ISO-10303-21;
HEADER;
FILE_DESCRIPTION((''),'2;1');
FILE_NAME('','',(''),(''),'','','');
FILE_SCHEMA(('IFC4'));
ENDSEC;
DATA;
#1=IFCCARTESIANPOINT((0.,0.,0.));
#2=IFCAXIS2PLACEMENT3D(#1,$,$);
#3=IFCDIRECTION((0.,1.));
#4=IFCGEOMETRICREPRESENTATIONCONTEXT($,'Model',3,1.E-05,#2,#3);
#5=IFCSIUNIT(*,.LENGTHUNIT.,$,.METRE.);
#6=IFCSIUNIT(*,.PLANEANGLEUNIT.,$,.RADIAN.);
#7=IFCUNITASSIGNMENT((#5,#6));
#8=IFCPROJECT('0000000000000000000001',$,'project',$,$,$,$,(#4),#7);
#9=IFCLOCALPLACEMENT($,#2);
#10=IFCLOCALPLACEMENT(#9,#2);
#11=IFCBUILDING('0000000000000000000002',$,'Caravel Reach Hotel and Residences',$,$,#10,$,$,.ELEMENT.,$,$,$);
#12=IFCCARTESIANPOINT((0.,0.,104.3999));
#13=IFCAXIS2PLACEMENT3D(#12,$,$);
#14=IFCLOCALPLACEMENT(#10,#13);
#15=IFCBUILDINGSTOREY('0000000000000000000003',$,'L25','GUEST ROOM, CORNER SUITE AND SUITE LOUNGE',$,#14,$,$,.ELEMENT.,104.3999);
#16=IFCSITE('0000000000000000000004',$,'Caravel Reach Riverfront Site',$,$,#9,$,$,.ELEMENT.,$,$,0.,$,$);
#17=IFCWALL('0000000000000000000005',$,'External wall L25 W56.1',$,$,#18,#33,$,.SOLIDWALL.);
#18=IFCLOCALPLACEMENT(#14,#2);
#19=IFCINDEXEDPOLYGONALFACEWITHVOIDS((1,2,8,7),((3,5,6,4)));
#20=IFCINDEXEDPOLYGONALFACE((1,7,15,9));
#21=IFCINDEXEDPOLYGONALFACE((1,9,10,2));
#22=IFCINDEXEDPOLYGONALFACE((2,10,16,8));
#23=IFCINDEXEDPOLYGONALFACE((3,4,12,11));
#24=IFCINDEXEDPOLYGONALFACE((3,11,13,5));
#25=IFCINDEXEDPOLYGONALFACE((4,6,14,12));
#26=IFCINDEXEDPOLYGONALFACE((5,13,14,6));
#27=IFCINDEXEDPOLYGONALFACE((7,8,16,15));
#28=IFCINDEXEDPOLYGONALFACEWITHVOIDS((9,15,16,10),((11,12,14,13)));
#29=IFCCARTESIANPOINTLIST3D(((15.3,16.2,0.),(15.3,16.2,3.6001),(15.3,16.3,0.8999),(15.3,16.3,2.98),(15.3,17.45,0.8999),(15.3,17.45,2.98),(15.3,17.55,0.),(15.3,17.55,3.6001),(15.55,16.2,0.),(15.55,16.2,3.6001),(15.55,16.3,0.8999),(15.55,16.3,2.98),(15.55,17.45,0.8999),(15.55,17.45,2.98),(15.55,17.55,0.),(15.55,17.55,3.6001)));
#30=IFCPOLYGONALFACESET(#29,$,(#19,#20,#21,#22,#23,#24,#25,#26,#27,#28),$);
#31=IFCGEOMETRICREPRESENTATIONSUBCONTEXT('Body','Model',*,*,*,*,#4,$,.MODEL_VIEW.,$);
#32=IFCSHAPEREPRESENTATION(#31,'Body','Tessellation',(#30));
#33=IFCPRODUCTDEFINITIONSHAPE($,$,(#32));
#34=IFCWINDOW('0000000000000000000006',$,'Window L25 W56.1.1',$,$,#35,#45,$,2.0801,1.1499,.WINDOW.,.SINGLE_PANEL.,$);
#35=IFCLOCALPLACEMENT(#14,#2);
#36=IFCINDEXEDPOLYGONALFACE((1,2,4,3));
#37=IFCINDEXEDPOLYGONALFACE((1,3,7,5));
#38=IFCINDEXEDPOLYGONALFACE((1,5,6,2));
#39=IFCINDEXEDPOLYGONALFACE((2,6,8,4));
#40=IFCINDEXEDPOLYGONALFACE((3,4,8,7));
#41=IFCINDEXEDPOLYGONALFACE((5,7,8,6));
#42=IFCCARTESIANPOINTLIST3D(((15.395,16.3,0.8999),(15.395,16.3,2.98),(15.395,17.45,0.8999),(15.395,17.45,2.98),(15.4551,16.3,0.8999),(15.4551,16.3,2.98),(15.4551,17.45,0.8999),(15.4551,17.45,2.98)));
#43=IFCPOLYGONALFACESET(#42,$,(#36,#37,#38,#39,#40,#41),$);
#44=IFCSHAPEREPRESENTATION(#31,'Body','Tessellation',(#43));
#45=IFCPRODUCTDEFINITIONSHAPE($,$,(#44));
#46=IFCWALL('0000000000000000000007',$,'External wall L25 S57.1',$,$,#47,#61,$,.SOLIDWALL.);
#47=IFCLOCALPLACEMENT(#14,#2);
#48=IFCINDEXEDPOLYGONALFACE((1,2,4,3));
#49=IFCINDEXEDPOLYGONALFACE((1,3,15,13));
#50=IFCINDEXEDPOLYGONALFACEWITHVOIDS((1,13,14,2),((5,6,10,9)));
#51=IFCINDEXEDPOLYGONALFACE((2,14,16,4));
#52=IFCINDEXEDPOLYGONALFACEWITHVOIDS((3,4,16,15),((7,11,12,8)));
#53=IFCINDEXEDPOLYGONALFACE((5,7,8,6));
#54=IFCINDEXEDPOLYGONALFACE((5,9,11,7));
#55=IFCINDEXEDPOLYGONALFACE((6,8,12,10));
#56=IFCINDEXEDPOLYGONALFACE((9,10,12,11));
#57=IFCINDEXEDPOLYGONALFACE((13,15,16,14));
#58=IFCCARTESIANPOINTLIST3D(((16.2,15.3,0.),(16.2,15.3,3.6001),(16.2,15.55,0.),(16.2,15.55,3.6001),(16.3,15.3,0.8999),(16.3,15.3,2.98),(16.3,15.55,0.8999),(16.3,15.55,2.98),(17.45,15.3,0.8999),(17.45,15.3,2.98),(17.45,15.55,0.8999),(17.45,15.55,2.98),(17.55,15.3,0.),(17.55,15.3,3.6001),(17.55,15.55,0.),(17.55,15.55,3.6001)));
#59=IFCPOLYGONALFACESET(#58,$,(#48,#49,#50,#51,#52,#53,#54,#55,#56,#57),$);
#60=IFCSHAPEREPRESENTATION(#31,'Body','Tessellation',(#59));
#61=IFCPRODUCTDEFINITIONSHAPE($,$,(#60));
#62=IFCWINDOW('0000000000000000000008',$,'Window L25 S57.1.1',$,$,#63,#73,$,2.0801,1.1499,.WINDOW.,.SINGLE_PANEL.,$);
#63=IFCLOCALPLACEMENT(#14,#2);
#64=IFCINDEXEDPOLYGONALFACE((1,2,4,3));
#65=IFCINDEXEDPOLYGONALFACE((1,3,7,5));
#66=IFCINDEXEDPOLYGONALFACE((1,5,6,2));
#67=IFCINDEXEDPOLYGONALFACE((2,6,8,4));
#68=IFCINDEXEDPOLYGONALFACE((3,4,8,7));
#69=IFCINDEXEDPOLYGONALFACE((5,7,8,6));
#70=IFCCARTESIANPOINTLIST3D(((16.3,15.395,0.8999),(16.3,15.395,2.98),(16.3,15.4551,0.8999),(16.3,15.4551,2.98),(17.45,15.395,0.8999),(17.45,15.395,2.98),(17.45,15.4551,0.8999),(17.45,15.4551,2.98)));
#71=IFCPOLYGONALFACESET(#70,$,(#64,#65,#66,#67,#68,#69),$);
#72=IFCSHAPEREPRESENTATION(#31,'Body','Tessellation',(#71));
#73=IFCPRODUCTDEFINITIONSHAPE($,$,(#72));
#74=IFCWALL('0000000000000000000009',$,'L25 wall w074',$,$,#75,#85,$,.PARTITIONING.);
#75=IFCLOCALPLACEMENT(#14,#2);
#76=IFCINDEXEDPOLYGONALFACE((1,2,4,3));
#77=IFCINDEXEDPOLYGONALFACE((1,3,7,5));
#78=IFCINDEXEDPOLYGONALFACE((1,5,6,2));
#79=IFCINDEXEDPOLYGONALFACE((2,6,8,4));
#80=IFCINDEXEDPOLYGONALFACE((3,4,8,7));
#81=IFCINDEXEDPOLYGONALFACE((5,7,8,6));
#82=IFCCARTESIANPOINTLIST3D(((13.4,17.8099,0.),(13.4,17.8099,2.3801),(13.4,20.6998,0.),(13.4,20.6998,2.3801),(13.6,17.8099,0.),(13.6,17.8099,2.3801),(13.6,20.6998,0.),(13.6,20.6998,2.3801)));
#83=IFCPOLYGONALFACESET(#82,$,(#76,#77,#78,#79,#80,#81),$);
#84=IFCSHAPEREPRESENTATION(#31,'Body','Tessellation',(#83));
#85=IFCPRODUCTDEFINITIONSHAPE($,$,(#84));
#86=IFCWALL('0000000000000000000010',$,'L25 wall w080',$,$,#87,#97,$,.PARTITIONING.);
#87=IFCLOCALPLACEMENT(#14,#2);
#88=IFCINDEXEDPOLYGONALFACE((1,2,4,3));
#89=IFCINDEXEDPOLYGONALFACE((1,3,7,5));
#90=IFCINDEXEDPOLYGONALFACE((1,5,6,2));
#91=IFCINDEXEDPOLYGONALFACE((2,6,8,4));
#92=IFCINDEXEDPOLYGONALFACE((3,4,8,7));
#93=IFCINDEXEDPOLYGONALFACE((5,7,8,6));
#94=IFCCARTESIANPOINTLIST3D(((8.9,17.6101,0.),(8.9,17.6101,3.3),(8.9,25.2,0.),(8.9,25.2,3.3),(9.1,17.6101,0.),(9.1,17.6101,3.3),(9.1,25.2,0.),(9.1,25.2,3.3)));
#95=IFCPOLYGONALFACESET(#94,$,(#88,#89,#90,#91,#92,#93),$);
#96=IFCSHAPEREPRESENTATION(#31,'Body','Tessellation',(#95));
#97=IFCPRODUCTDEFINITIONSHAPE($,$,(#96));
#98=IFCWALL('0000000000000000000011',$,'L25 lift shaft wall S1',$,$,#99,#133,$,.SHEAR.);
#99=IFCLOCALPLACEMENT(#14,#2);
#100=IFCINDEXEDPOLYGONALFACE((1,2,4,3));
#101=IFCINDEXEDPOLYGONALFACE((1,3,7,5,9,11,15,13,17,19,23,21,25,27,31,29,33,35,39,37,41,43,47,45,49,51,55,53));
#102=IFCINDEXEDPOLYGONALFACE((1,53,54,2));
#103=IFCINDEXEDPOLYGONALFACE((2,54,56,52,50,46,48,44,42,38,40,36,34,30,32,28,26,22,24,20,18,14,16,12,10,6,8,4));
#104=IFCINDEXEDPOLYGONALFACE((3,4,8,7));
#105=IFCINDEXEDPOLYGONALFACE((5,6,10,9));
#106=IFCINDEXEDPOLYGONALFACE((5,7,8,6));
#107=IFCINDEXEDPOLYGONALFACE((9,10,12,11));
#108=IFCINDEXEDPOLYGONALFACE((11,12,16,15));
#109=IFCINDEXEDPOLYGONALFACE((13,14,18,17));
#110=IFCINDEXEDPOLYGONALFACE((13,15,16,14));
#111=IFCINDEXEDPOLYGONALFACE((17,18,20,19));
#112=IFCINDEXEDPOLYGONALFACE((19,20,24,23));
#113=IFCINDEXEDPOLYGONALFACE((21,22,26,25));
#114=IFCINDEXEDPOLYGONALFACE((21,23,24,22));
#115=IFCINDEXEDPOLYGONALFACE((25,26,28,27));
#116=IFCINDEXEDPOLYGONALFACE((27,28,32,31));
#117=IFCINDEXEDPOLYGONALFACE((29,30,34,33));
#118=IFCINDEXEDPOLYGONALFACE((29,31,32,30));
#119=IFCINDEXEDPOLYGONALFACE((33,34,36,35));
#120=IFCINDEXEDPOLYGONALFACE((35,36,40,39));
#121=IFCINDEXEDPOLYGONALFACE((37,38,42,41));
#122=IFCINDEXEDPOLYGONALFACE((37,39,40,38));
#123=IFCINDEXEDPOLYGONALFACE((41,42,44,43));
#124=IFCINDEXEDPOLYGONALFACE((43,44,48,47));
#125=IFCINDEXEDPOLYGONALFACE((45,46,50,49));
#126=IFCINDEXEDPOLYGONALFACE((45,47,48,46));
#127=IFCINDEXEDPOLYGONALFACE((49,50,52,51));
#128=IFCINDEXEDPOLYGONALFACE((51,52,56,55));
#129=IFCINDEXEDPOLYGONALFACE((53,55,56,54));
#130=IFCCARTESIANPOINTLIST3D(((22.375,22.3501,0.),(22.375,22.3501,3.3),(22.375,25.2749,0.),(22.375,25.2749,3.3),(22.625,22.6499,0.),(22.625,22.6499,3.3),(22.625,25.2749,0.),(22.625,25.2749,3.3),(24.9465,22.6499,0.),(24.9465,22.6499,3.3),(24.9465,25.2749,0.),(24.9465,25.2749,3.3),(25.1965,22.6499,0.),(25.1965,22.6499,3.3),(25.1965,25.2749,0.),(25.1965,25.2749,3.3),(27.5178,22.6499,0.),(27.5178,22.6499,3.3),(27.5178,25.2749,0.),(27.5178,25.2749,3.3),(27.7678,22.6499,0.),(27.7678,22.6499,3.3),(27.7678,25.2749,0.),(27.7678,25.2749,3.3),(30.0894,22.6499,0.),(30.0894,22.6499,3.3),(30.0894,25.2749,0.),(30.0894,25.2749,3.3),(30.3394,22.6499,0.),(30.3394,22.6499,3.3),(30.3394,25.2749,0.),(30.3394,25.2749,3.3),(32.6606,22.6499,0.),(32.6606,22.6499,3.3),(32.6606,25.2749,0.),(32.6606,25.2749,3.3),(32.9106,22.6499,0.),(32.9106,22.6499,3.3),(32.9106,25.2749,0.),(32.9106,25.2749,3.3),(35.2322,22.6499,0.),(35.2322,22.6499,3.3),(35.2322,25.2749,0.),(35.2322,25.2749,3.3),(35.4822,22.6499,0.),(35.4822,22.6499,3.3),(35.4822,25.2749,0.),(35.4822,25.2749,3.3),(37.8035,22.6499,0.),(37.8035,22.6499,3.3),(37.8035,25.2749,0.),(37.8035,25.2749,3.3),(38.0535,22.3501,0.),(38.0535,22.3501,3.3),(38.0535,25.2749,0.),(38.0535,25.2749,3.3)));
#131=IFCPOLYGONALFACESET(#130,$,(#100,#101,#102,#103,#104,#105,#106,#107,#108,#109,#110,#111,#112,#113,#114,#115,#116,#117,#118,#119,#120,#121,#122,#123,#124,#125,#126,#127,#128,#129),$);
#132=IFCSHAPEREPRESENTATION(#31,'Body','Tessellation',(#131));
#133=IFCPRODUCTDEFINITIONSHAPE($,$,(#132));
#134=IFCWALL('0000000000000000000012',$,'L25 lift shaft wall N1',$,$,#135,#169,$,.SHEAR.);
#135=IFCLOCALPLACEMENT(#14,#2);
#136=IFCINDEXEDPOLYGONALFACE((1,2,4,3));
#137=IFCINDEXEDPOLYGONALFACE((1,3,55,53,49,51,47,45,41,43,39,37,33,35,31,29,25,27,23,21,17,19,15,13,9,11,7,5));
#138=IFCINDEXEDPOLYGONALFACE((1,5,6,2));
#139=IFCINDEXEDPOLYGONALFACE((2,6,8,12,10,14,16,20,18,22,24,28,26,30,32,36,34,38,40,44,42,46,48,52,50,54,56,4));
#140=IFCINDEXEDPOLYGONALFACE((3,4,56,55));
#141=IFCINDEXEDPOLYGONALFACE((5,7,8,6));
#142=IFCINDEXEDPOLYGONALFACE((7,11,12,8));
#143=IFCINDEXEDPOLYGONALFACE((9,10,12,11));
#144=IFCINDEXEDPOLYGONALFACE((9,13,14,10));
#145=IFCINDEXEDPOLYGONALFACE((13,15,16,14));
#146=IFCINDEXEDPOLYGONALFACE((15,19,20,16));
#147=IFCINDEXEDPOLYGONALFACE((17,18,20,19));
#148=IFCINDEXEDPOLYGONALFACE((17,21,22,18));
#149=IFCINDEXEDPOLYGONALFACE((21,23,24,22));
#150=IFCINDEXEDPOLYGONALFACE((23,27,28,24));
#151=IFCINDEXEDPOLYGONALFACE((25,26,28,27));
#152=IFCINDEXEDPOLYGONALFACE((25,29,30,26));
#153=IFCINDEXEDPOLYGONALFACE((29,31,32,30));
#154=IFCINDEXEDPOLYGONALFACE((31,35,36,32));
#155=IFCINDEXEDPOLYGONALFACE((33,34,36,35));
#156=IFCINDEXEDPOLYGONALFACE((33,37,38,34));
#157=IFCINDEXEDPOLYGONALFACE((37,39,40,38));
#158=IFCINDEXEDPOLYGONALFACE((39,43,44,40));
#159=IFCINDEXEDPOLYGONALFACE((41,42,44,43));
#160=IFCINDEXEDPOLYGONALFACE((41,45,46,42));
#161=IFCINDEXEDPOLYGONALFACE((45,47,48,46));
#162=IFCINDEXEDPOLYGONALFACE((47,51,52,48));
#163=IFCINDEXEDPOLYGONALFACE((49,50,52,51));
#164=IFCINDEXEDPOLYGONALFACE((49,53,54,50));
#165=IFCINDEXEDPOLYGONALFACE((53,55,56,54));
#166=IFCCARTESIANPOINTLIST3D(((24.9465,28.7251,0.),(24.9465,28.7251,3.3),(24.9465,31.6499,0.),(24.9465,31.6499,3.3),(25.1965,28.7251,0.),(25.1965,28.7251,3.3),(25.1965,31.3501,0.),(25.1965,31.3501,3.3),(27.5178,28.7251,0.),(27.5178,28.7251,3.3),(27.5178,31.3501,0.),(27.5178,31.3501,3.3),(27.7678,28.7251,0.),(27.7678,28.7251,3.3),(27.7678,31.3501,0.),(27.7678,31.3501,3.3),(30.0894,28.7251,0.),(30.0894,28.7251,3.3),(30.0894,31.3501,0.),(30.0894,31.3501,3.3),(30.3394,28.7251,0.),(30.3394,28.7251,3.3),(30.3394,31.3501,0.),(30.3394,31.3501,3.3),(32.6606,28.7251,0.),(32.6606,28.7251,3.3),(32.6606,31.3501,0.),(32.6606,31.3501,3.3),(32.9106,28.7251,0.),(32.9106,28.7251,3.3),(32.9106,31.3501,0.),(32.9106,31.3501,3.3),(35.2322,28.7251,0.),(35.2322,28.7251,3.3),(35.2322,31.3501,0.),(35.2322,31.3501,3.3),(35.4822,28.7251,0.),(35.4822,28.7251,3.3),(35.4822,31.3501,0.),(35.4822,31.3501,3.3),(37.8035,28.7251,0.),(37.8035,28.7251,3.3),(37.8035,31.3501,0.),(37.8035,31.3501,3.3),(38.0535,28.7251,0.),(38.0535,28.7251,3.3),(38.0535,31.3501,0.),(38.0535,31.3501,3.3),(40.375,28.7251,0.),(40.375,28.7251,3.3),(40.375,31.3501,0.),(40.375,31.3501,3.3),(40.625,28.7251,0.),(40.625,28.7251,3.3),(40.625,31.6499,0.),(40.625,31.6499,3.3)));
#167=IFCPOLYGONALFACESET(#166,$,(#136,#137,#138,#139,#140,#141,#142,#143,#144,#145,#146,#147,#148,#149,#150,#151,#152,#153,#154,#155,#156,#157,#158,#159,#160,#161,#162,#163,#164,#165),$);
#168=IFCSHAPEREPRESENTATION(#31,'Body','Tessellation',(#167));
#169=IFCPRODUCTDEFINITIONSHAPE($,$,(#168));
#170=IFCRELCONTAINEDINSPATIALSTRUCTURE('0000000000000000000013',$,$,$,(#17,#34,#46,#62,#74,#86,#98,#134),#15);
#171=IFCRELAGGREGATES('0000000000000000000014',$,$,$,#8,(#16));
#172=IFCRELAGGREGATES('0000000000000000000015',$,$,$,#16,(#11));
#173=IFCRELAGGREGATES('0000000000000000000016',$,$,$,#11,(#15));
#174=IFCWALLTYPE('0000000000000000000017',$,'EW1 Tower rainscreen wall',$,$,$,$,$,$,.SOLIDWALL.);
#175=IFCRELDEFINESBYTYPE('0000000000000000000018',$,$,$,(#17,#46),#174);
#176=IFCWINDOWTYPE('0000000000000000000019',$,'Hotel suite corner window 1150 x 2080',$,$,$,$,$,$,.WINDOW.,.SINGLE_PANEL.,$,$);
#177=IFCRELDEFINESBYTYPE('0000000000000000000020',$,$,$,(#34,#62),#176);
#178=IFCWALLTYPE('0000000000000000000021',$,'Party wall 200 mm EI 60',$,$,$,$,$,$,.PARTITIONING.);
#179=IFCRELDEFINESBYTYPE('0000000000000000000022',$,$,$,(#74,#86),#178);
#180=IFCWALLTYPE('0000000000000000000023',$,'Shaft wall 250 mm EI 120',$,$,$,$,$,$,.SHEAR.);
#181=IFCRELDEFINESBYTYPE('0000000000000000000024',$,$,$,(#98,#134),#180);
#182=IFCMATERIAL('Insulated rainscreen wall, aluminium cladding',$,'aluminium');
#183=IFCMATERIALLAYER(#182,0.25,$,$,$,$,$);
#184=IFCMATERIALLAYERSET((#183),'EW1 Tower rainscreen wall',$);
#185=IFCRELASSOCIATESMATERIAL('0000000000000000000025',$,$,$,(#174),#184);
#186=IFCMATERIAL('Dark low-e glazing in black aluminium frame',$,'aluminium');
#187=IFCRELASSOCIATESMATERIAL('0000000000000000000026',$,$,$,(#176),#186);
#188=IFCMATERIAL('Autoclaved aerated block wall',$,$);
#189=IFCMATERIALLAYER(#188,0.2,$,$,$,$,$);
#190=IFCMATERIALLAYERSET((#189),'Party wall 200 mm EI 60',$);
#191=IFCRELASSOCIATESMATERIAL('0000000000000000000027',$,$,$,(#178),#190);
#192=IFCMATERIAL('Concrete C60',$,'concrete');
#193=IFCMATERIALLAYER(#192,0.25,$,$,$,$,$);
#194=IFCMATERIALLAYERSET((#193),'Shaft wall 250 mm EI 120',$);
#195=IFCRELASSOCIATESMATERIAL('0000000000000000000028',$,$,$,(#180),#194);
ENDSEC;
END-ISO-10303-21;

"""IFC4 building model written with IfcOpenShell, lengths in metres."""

from ifc_helpers import new_model, si_unit, direction, frame, frame_2d, origin, place, context, subcontext, project, spatial, polyline, rectangle, outline, extrude, material, layer, layer_set, type_object, element, fill, save


model = new_model("IFC4")

# Units and contexts
model_context = context("Model", 3, precision=1e-05, world=origin(), true_north=direction((0.0, 1.0)))
body_context = subcontext(model_context, "Body", "Model", "MODEL_VIEW")
ifc_project = project(units=[si_unit("LENGTHUNIT", "METRE"), si_unit("PLANEANGLEUNIT", "RADIAN")], contexts=[model_context])

# Site, building, storey
site_placement = place(None, origin())
site = spatial("IfcSite", under=ifc_project, at=site_placement, Name="Caravel Reach Riverfront Site", CompositionType="ELEMENT", RefElevation=0.0)
building_placement = place(site_placement, origin())
building = spatial("IfcBuilding", under=site, at=building_placement, Name="Caravel Reach Hotel and Residences", CompositionType="ELEMENT")
storey_placement = place(building_placement, frame((0.0, 0.0, 104.3999)))
storey = spatial("IfcBuildingStorey", under=building, at=storey_placement, Name="L25", Description="GUEST ROOM, CORNER SUITE AND SUITE LOUNGE", CompositionType="ELEMENT", Elevation=104.3999)

# Shared definitions
ifc_material_1 = material(Name="Insulated rainscreen wall, aluminium cladding", Category="aluminium")
ifc_layer_1 = layer(ifc_material_1, 0.25)
ifc_layer_set_1 = layer_set([ifc_layer_1], Name="EW1 Tower rainscreen wall")
wall_type_1 = type_object("IfcWallType", Name="EW1 Tower rainscreen wall", PredefinedType="SOLIDWALL", material=ifc_layer_set_1)

# Walls, openings, windows
ifc_material_2 = material(Name="Dark low-e glazing in black aluminium frame", Category="aluminium")
window_type_1 = type_object("IfcWindowType", Name="Hotel suite corner window 1150 x 2080", PartitioningType="SINGLE_PANEL", PredefinedType="WINDOW", material=ifc_material_2)
wall_1_placement = place(storey_placement, frame((15.425, 17.55, 0.0), z_axis=(0.0, 0.0, 1.0), x_axis=(0.0, -1.0, 0.0)))
wall_1 = element("IfcWall", 1, at=wall_1_placement, inside=storey, type_object=wall_type_1, Name="External wall L25 W56.1", PredefinedType="SOLIDWALL", context=body_context, shape_type="SweptSolid", body=[
    extrude(rectangle(XDim=1.3501, YDim=0.25, at=frame_2d((0.675, 0.0))), origin(), (0.0, 0.0, 1.0), 3.6001),
])
opening_1_placement = place(wall_1_placement, frame((0.1001, 0.0, 0.8999)))
opening_1 = element("IfcOpeningElement", 2, at=opening_1_placement, cuts=wall_1, PredefinedType="OPENING", context=body_context, shape_type="SweptSolid", body=[
    extrude(rectangle(XDim=1.1499, YDim=2.0801, at=frame_2d((0.575, 1.04))), frame((0.0, 0.135, 0.0), z_axis=(0.0, -1.0, 0.0), x_axis=(1.0, 0.0, 0.0)), (0.0, 0.0, 1.0), 0.27),
])
window_1_placement = place(opening_1_placement, origin())
window_1 = element("IfcWindow", 3, at=window_1_placement, inside=storey, type_object=window_type_1, Name="Window L25 W56.1.1", OverallHeight=2.0801, OverallWidth=1.1499, PartitioningType="SINGLE_PANEL", PredefinedType="WINDOW", context=body_context, shape_type="SweptSolid", body=[
    extrude(rectangle(XDim=1.1499, YDim=2.0801, at=frame_2d((0.575, 1.04))), frame((0.0, 0.03, 0.0), z_axis=(0.0, -1.0, 0.0), x_axis=(1.0, 0.0, 0.0)), (0.0, 0.0, 1.0), 0.0601),
])
fill(opening_1, window_1)
wall_2_placement = place(storey_placement, frame((16.2, 15.425, 0.0), z_axis=(0.0, 0.0, 1.0), x_axis=(1.0, 0.0, 0.0)))
wall_2 = element("IfcWall", 4, at=wall_2_placement, inside=storey, type_object=wall_type_1, Name="External wall L25 S57.1", PredefinedType="SOLIDWALL", context=body_context, shape_type="SweptSolid", body=[
    extrude(rectangle(XDim=1.3501, YDim=0.25, at=frame_2d((0.675, 0.0))), origin(), (0.0, 0.0, 1.0), 3.6001),
])
opening_2_placement = place(wall_2_placement, frame((0.1001, 0.0, 0.8999)))
opening_2 = element("IfcOpeningElement", 5, at=opening_2_placement, cuts=wall_2, PredefinedType="OPENING", context=body_context, shape_type="SweptSolid", body=[
    extrude(rectangle(XDim=1.1499, YDim=2.0801, at=frame_2d((0.575, 1.04))), frame((0.0, 0.135, 0.0), z_axis=(0.0, -1.0, 0.0), x_axis=(1.0, 0.0, 0.0)), (0.0, 0.0, 1.0), 0.27),
])
window_2_placement = place(opening_2_placement, origin())
window_2 = element("IfcWindow", 6, at=window_2_placement, inside=storey, type_object=window_type_1, Name="Window L25 S57.1.1", OverallHeight=2.0801, OverallWidth=1.1499, PartitioningType="SINGLE_PANEL", PredefinedType="WINDOW", context=body_context, shape_type="SweptSolid", body=[
    extrude(rectangle(XDim=1.1499, YDim=2.0801, at=frame_2d((0.575, 1.04))), frame((0.0, 0.03, 0.0), z_axis=(0.0, -1.0, 0.0), x_axis=(1.0, 0.0, 0.0)), (0.0, 0.0, 1.0), 0.0601),
])
fill(opening_2, window_2)

# Walls
ifc_material_3 = material(Name="Autoclaved aerated block wall")
ifc_layer_2 = layer(ifc_material_3, 0.2)
ifc_layer_set_2 = layer_set([ifc_layer_2], Name="Party wall 200 mm EI 60")
wall_type_2 = type_object("IfcWallType", Name="Party wall 200 mm EI 60", PredefinedType="PARTITIONING", material=ifc_layer_set_2)
wall_3_placement = place(storey_placement, frame((13.5, 17.8101, 0.0), z_axis=(0.0, 0.0, 1.0), x_axis=(0.0, 1.0, 0.0)))
element("IfcWall", 7, at=wall_3_placement, inside=storey, type_object=wall_type_2, Name="L25 wall w074", PredefinedType="PARTITIONING", context=body_context, shape_type="SweptSolid", body=[
    extrude(rectangle(XDim=2.8899, YDim=0.2, at=frame_2d((1.4448, 0.0))), origin(), (0.0, 0.0, 1.0), 2.3801),
])
wall_4_placement = place(storey_placement, frame((9.0, 17.6101, 0.0), z_axis=(0.0, 0.0, 1.0), x_axis=(0.0, 1.0, 0.0)))
element("IfcWall", 8, at=wall_4_placement, inside=storey, type_object=wall_type_2, Name="L25 wall w080", PredefinedType="PARTITIONING", context=body_context, shape_type="SweptSolid", body=[
    extrude(rectangle(XDim=7.5898, YDim=0.2, at=frame_2d((3.7949, 0.0))), origin(), (0.0, 0.0, 1.0), 3.3),
])
ifc_material_4 = material(Name="Concrete C60", Category="concrete")
ifc_layer_3 = layer(ifc_material_4, 0.25)
ifc_layer_set_3 = layer_set([ifc_layer_3], Name="Shaft wall 250 mm EI 120")
wall_type_3 = type_object("IfcWallType", Name="Shaft wall 250 mm EI 120", PredefinedType="SHEAR", material=ifc_layer_set_3)
wall_5_placement = place(storey_placement, origin())
element("IfcWall", 9, at=wall_5_placement, inside=storey, type_object=wall_type_3, Name="L25 lift shaft wall S1", PredefinedType="SHEAR", context=body_context, shape_type="SweptSolid", body=[
    extrude(outline(polyline([(22.375, 22.3501), (38.0535, 22.3501), (38.0535, 25.2749), (37.8035, 25.2749), (37.8035, 22.6499), (35.4822, 22.6499), (35.4822, 25.2749), (35.2322, 25.2749), (35.2322, 22.6499), (32.9106, 22.6499), (32.9106, 25.2749), (32.6606, 25.2749), (32.6606, 22.6499), (30.3394, 22.6499), (30.3394, 25.2749), (30.0894, 25.2749), (30.0894, 22.6499), (27.7678, 22.6499), (27.7678, 25.2749), (27.5178, 25.2749), (27.5178, 22.6499), (25.1965, 22.6499), (25.1965, 25.2749), (24.9465, 25.2749), (24.9465, 22.6499), (22.625, 22.6499), (22.625, 25.2749), (22.375, 25.2749), (22.375, 22.3501)])), origin(), (0.0, 0.0, 1.0), 3.3),
])
wall_6_placement = place(storey_placement, origin())
element("IfcWall", 10, at=wall_6_placement, inside=storey, type_object=wall_type_3, Name="L25 lift shaft wall N1", PredefinedType="SHEAR", context=body_context, shape_type="SweptSolid", body=[
    extrude(outline(polyline([(24.9465, 28.7251), (25.1965, 28.7251), (25.1965, 31.3501), (27.5178, 31.3501), (27.5178, 28.7251), (27.7678, 28.7251), (27.7678, 31.3501), (30.0894, 31.3501), (30.0894, 28.7251), (30.3394, 28.7251), (30.3394, 31.3501), (32.6606, 31.3501), (32.6606, 28.7251), (32.9106, 28.7251), (32.9106, 31.3501), (35.2322, 31.3501), (35.2322, 28.7251), (35.4822, 28.7251), (35.4822, 31.3501), (37.8035, 31.3501), (37.8035, 28.7251), (38.0535, 28.7251), (38.0535, 31.3501), (40.375, 31.3501), (40.375, 28.7251), (40.625, 28.7251), (40.625, 31.6499), (24.9465, 31.6499), (24.9465, 28.7251)])), origin(), (0.0, 0.0, 1.0), 3.3),
])

save(model, "model.ifc")
